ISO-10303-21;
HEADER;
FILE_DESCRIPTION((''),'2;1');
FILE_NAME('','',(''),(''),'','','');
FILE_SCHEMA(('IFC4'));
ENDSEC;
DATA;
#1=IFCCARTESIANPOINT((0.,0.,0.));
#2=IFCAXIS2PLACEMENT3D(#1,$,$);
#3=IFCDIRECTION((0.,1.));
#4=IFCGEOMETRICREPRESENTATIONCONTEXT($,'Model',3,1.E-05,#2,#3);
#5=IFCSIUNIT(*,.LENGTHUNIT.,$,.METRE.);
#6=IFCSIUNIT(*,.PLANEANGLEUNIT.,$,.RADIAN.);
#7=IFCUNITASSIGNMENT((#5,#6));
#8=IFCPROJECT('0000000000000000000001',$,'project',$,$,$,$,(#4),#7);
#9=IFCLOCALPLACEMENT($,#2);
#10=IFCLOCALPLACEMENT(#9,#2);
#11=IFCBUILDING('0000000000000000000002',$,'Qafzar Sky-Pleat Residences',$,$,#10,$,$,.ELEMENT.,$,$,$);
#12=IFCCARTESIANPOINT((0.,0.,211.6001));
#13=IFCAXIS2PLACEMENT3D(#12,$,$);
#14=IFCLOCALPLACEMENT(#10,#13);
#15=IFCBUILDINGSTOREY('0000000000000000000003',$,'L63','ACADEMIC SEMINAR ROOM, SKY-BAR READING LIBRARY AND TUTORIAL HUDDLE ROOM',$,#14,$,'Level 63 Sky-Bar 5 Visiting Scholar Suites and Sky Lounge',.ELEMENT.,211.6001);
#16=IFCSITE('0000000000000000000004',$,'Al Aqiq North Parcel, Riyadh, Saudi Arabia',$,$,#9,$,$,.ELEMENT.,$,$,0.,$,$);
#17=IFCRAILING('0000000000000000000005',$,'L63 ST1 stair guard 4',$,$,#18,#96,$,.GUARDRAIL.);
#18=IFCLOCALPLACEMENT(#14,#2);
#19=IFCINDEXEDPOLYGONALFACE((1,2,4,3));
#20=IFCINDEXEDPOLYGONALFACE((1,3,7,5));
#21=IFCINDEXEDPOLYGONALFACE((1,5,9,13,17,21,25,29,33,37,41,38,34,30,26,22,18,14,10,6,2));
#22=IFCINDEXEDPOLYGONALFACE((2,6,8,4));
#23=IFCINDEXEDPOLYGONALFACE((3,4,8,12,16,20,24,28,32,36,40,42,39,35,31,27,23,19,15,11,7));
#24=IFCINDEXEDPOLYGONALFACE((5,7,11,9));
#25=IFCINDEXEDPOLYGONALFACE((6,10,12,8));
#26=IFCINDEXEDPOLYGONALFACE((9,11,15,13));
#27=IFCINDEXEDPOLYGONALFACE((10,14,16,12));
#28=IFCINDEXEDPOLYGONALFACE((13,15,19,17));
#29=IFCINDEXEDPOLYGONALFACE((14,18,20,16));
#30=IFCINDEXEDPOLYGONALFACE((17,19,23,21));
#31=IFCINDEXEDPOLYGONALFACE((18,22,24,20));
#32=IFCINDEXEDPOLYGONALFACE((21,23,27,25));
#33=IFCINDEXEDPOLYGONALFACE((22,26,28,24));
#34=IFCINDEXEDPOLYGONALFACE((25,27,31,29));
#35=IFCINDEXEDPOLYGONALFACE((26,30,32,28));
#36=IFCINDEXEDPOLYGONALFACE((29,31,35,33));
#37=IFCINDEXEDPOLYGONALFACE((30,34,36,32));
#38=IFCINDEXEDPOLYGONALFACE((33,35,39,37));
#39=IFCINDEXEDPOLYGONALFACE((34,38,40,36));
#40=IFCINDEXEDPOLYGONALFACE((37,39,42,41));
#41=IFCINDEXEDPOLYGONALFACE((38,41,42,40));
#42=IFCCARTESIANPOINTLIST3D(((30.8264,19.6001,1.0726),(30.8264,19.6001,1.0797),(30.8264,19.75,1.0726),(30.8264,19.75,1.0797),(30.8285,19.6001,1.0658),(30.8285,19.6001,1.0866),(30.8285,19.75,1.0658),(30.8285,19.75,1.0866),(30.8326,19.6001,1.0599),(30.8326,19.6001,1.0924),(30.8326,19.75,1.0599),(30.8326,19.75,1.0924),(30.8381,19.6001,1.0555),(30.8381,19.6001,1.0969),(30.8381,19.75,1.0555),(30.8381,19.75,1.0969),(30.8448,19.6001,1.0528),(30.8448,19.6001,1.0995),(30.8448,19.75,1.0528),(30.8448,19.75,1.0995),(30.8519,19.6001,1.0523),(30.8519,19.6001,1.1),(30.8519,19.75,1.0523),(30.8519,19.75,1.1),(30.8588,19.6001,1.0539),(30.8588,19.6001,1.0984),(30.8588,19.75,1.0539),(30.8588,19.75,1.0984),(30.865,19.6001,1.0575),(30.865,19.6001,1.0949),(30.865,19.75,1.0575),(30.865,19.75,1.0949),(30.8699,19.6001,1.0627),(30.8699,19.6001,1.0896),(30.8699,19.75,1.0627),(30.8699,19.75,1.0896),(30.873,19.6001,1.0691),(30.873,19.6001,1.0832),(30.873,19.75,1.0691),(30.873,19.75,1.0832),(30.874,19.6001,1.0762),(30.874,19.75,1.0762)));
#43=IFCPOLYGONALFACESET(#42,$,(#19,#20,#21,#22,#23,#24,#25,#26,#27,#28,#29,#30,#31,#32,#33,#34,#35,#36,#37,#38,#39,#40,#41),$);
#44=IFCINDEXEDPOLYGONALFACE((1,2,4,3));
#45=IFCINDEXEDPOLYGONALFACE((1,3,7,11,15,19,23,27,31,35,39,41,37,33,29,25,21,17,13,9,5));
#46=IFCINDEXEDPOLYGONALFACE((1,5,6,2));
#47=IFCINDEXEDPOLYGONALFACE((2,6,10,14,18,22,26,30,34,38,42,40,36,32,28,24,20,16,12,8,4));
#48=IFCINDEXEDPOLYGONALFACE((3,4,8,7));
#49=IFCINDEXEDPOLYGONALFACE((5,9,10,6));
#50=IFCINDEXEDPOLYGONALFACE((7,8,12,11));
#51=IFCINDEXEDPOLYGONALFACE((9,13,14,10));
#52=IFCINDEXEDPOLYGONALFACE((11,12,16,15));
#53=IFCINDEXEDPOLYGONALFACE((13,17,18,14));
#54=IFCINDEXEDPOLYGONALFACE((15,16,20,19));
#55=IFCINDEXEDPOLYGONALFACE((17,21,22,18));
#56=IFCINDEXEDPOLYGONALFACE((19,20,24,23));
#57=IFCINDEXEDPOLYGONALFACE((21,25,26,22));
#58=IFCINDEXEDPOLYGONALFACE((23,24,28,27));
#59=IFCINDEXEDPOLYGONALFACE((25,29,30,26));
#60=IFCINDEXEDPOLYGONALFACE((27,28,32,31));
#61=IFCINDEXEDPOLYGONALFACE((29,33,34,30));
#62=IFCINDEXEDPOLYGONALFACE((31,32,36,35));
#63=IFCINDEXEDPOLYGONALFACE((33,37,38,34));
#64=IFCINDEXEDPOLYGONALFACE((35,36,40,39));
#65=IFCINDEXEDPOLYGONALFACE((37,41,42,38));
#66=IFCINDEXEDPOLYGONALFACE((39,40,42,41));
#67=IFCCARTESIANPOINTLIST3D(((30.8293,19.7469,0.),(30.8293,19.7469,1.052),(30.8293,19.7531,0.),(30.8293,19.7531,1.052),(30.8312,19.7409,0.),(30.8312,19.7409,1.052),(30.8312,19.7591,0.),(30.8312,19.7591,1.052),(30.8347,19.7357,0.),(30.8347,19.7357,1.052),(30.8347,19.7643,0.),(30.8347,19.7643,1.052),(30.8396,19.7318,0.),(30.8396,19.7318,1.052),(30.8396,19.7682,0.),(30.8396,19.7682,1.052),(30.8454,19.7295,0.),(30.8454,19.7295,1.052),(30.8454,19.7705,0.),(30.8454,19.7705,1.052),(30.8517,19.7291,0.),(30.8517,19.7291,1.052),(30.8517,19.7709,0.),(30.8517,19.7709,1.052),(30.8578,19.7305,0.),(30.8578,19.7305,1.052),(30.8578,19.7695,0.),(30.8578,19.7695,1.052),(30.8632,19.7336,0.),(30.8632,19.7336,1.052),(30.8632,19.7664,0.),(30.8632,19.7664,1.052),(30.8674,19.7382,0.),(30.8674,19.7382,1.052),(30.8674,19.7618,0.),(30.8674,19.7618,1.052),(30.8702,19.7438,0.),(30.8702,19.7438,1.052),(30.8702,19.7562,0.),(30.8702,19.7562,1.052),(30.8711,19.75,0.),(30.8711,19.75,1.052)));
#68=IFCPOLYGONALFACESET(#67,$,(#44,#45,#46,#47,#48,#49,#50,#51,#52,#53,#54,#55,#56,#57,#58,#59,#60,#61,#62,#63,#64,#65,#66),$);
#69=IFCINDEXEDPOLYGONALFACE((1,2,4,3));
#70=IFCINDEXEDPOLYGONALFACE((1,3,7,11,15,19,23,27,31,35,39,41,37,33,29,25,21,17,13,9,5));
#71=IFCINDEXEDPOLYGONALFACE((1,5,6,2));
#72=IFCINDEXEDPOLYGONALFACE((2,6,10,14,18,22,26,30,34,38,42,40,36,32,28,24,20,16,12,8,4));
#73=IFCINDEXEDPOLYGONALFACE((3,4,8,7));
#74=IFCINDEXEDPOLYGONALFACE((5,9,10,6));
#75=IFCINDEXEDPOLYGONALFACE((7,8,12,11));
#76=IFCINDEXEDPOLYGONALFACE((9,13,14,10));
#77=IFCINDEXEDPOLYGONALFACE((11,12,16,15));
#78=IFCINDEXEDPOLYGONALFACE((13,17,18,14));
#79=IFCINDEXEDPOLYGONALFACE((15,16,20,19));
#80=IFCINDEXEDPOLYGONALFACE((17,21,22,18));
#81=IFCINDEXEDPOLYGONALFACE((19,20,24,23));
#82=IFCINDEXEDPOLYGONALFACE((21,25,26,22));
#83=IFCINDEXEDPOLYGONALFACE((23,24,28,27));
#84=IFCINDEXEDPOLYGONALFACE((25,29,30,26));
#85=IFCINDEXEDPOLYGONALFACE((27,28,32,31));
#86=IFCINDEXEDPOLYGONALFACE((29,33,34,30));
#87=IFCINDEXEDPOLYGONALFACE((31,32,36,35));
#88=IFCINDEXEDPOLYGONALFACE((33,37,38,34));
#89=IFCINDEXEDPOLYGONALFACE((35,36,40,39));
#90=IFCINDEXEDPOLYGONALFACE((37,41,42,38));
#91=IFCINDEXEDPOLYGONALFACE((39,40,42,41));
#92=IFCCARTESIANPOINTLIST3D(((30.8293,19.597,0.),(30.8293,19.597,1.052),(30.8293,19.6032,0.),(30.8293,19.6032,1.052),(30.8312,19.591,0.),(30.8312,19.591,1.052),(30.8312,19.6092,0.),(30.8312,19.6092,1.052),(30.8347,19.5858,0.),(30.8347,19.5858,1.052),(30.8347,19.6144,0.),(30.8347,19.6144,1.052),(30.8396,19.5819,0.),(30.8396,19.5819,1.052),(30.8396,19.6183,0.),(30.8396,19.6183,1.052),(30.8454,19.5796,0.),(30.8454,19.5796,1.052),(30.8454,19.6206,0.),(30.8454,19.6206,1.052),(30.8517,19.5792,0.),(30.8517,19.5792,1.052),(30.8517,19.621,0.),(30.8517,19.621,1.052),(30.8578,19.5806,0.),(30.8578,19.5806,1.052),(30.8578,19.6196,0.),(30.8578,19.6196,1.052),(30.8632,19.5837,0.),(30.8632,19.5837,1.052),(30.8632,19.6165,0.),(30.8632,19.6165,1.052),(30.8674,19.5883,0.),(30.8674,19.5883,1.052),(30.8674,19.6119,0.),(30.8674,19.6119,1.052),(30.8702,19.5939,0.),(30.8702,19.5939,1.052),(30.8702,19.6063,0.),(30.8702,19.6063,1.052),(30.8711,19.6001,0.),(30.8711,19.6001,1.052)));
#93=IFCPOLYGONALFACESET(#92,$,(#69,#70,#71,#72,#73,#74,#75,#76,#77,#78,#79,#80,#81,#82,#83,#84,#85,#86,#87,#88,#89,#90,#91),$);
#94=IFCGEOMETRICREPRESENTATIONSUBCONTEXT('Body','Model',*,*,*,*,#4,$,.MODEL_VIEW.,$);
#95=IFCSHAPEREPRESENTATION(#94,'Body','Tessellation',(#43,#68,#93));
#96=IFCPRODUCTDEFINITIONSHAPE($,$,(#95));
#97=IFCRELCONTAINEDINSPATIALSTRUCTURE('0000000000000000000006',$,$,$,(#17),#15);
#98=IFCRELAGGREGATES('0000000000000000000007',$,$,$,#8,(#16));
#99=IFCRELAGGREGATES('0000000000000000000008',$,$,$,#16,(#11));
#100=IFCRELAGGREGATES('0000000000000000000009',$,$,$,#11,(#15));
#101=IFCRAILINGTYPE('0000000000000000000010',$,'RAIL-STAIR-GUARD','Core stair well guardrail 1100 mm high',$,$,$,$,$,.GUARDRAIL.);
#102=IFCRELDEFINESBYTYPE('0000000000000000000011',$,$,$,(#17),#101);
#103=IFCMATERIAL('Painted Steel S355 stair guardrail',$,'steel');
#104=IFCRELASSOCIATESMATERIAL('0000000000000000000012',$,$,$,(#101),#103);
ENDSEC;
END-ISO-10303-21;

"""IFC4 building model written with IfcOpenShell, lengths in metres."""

from ifc_helpers import new_model, si_unit, direction, frame, origin, origin_2d, place, context, subcontext, project, spatial, circle, extrude, source, transform, mapped, material, type_object, element, save


model = new_model("IFC4")

# Units and contexts
model_context = context("Model", 3, precision=1e-05, world=origin(), true_north=direction((0.0, 1.0)))
body_context = subcontext(model_context, "Body", "Model", "MODEL_VIEW")
ifc_project = project(units=[si_unit("LENGTHUNIT", "METRE"), si_unit("PLANEANGLEUNIT", "RADIAN")], contexts=[model_context])

# Site, building, storey
site_placement = place(None, origin())
site = spatial("IfcSite", under=ifc_project, at=site_placement, Name="Al Aqiq North Parcel, Riyadh, Saudi Arabia", CompositionType="ELEMENT", RefElevation=0.0)
building_placement = place(site_placement, origin())
building = spatial("IfcBuilding", under=site, at=building_placement, Name="Qafzar Sky-Pleat Residences", CompositionType="ELEMENT")
storey_placement = place(building_placement, frame((0.0, 0.0, 211.6001)))
storey = spatial("IfcBuildingStorey", under=building, at=storey_placement, Name="L63", Description="ACADEMIC SEMINAR ROOM, SKY-BAR READING LIBRARY AND TUTORIAL HUDDLE ROOM", LongName="Level 63 Sky-Bar 5 Visiting Scholar Suites and Sky Lounge", CompositionType="ELEMENT", Elevation=211.6001)

# Railing
ifc_material_1 = material(Name="Painted Steel S355 stair guardrail", Category="steel")
railing_type_1 = type_object("IfcRailingType", Name="RAIL-STAIR-GUARD", Description="Core stair well guardrail 1100 mm high", PredefinedType="GUARDRAIL", material=ifc_material_1)
shared_shape_1 = source(origin(), body_context, "Body", "SweptSolid", [
    extrude(circle(Radius=0.0239, at=origin_2d()), frame((0.0, 0.0, 1.0762), z_axis=(0.0, -1.0, 0.0), x_axis=(1.0, 0.0, 0.0)), (0.0, 0.0, 1.0), 0.1499),
    extrude(circle(Radius=0.021, at=origin_2d()), origin(), (0.0, 0.0, 1.0), 1.052),
    extrude(circle(Radius=0.021, at=origin_2d()), frame((0.0, -0.1499, 0.0)), (0.0, 0.0, 1.0), 1.052),
])
railing_1_placement = place(storey_placement, frame((30.8501, 19.75, 0.0)))
element("IfcRailing", 1, at=railing_1_placement, inside=storey, type_object=railing_type_1, Name="L63 ST1 stair guard 4", PredefinedType="GUARDRAIL", context=body_context, shape_type="MappedRepresentation", body=[
    mapped(shared_shape_1, transform((0.0, 0.0, 0.0), x_axis=(1.0, 0.0, 0.0), y_axis=(0.0, 1.0, 0.0), z_axis=(0.0, 0.0, 1.0), scale=1.0)),
])

save(model, "model.ifc")
